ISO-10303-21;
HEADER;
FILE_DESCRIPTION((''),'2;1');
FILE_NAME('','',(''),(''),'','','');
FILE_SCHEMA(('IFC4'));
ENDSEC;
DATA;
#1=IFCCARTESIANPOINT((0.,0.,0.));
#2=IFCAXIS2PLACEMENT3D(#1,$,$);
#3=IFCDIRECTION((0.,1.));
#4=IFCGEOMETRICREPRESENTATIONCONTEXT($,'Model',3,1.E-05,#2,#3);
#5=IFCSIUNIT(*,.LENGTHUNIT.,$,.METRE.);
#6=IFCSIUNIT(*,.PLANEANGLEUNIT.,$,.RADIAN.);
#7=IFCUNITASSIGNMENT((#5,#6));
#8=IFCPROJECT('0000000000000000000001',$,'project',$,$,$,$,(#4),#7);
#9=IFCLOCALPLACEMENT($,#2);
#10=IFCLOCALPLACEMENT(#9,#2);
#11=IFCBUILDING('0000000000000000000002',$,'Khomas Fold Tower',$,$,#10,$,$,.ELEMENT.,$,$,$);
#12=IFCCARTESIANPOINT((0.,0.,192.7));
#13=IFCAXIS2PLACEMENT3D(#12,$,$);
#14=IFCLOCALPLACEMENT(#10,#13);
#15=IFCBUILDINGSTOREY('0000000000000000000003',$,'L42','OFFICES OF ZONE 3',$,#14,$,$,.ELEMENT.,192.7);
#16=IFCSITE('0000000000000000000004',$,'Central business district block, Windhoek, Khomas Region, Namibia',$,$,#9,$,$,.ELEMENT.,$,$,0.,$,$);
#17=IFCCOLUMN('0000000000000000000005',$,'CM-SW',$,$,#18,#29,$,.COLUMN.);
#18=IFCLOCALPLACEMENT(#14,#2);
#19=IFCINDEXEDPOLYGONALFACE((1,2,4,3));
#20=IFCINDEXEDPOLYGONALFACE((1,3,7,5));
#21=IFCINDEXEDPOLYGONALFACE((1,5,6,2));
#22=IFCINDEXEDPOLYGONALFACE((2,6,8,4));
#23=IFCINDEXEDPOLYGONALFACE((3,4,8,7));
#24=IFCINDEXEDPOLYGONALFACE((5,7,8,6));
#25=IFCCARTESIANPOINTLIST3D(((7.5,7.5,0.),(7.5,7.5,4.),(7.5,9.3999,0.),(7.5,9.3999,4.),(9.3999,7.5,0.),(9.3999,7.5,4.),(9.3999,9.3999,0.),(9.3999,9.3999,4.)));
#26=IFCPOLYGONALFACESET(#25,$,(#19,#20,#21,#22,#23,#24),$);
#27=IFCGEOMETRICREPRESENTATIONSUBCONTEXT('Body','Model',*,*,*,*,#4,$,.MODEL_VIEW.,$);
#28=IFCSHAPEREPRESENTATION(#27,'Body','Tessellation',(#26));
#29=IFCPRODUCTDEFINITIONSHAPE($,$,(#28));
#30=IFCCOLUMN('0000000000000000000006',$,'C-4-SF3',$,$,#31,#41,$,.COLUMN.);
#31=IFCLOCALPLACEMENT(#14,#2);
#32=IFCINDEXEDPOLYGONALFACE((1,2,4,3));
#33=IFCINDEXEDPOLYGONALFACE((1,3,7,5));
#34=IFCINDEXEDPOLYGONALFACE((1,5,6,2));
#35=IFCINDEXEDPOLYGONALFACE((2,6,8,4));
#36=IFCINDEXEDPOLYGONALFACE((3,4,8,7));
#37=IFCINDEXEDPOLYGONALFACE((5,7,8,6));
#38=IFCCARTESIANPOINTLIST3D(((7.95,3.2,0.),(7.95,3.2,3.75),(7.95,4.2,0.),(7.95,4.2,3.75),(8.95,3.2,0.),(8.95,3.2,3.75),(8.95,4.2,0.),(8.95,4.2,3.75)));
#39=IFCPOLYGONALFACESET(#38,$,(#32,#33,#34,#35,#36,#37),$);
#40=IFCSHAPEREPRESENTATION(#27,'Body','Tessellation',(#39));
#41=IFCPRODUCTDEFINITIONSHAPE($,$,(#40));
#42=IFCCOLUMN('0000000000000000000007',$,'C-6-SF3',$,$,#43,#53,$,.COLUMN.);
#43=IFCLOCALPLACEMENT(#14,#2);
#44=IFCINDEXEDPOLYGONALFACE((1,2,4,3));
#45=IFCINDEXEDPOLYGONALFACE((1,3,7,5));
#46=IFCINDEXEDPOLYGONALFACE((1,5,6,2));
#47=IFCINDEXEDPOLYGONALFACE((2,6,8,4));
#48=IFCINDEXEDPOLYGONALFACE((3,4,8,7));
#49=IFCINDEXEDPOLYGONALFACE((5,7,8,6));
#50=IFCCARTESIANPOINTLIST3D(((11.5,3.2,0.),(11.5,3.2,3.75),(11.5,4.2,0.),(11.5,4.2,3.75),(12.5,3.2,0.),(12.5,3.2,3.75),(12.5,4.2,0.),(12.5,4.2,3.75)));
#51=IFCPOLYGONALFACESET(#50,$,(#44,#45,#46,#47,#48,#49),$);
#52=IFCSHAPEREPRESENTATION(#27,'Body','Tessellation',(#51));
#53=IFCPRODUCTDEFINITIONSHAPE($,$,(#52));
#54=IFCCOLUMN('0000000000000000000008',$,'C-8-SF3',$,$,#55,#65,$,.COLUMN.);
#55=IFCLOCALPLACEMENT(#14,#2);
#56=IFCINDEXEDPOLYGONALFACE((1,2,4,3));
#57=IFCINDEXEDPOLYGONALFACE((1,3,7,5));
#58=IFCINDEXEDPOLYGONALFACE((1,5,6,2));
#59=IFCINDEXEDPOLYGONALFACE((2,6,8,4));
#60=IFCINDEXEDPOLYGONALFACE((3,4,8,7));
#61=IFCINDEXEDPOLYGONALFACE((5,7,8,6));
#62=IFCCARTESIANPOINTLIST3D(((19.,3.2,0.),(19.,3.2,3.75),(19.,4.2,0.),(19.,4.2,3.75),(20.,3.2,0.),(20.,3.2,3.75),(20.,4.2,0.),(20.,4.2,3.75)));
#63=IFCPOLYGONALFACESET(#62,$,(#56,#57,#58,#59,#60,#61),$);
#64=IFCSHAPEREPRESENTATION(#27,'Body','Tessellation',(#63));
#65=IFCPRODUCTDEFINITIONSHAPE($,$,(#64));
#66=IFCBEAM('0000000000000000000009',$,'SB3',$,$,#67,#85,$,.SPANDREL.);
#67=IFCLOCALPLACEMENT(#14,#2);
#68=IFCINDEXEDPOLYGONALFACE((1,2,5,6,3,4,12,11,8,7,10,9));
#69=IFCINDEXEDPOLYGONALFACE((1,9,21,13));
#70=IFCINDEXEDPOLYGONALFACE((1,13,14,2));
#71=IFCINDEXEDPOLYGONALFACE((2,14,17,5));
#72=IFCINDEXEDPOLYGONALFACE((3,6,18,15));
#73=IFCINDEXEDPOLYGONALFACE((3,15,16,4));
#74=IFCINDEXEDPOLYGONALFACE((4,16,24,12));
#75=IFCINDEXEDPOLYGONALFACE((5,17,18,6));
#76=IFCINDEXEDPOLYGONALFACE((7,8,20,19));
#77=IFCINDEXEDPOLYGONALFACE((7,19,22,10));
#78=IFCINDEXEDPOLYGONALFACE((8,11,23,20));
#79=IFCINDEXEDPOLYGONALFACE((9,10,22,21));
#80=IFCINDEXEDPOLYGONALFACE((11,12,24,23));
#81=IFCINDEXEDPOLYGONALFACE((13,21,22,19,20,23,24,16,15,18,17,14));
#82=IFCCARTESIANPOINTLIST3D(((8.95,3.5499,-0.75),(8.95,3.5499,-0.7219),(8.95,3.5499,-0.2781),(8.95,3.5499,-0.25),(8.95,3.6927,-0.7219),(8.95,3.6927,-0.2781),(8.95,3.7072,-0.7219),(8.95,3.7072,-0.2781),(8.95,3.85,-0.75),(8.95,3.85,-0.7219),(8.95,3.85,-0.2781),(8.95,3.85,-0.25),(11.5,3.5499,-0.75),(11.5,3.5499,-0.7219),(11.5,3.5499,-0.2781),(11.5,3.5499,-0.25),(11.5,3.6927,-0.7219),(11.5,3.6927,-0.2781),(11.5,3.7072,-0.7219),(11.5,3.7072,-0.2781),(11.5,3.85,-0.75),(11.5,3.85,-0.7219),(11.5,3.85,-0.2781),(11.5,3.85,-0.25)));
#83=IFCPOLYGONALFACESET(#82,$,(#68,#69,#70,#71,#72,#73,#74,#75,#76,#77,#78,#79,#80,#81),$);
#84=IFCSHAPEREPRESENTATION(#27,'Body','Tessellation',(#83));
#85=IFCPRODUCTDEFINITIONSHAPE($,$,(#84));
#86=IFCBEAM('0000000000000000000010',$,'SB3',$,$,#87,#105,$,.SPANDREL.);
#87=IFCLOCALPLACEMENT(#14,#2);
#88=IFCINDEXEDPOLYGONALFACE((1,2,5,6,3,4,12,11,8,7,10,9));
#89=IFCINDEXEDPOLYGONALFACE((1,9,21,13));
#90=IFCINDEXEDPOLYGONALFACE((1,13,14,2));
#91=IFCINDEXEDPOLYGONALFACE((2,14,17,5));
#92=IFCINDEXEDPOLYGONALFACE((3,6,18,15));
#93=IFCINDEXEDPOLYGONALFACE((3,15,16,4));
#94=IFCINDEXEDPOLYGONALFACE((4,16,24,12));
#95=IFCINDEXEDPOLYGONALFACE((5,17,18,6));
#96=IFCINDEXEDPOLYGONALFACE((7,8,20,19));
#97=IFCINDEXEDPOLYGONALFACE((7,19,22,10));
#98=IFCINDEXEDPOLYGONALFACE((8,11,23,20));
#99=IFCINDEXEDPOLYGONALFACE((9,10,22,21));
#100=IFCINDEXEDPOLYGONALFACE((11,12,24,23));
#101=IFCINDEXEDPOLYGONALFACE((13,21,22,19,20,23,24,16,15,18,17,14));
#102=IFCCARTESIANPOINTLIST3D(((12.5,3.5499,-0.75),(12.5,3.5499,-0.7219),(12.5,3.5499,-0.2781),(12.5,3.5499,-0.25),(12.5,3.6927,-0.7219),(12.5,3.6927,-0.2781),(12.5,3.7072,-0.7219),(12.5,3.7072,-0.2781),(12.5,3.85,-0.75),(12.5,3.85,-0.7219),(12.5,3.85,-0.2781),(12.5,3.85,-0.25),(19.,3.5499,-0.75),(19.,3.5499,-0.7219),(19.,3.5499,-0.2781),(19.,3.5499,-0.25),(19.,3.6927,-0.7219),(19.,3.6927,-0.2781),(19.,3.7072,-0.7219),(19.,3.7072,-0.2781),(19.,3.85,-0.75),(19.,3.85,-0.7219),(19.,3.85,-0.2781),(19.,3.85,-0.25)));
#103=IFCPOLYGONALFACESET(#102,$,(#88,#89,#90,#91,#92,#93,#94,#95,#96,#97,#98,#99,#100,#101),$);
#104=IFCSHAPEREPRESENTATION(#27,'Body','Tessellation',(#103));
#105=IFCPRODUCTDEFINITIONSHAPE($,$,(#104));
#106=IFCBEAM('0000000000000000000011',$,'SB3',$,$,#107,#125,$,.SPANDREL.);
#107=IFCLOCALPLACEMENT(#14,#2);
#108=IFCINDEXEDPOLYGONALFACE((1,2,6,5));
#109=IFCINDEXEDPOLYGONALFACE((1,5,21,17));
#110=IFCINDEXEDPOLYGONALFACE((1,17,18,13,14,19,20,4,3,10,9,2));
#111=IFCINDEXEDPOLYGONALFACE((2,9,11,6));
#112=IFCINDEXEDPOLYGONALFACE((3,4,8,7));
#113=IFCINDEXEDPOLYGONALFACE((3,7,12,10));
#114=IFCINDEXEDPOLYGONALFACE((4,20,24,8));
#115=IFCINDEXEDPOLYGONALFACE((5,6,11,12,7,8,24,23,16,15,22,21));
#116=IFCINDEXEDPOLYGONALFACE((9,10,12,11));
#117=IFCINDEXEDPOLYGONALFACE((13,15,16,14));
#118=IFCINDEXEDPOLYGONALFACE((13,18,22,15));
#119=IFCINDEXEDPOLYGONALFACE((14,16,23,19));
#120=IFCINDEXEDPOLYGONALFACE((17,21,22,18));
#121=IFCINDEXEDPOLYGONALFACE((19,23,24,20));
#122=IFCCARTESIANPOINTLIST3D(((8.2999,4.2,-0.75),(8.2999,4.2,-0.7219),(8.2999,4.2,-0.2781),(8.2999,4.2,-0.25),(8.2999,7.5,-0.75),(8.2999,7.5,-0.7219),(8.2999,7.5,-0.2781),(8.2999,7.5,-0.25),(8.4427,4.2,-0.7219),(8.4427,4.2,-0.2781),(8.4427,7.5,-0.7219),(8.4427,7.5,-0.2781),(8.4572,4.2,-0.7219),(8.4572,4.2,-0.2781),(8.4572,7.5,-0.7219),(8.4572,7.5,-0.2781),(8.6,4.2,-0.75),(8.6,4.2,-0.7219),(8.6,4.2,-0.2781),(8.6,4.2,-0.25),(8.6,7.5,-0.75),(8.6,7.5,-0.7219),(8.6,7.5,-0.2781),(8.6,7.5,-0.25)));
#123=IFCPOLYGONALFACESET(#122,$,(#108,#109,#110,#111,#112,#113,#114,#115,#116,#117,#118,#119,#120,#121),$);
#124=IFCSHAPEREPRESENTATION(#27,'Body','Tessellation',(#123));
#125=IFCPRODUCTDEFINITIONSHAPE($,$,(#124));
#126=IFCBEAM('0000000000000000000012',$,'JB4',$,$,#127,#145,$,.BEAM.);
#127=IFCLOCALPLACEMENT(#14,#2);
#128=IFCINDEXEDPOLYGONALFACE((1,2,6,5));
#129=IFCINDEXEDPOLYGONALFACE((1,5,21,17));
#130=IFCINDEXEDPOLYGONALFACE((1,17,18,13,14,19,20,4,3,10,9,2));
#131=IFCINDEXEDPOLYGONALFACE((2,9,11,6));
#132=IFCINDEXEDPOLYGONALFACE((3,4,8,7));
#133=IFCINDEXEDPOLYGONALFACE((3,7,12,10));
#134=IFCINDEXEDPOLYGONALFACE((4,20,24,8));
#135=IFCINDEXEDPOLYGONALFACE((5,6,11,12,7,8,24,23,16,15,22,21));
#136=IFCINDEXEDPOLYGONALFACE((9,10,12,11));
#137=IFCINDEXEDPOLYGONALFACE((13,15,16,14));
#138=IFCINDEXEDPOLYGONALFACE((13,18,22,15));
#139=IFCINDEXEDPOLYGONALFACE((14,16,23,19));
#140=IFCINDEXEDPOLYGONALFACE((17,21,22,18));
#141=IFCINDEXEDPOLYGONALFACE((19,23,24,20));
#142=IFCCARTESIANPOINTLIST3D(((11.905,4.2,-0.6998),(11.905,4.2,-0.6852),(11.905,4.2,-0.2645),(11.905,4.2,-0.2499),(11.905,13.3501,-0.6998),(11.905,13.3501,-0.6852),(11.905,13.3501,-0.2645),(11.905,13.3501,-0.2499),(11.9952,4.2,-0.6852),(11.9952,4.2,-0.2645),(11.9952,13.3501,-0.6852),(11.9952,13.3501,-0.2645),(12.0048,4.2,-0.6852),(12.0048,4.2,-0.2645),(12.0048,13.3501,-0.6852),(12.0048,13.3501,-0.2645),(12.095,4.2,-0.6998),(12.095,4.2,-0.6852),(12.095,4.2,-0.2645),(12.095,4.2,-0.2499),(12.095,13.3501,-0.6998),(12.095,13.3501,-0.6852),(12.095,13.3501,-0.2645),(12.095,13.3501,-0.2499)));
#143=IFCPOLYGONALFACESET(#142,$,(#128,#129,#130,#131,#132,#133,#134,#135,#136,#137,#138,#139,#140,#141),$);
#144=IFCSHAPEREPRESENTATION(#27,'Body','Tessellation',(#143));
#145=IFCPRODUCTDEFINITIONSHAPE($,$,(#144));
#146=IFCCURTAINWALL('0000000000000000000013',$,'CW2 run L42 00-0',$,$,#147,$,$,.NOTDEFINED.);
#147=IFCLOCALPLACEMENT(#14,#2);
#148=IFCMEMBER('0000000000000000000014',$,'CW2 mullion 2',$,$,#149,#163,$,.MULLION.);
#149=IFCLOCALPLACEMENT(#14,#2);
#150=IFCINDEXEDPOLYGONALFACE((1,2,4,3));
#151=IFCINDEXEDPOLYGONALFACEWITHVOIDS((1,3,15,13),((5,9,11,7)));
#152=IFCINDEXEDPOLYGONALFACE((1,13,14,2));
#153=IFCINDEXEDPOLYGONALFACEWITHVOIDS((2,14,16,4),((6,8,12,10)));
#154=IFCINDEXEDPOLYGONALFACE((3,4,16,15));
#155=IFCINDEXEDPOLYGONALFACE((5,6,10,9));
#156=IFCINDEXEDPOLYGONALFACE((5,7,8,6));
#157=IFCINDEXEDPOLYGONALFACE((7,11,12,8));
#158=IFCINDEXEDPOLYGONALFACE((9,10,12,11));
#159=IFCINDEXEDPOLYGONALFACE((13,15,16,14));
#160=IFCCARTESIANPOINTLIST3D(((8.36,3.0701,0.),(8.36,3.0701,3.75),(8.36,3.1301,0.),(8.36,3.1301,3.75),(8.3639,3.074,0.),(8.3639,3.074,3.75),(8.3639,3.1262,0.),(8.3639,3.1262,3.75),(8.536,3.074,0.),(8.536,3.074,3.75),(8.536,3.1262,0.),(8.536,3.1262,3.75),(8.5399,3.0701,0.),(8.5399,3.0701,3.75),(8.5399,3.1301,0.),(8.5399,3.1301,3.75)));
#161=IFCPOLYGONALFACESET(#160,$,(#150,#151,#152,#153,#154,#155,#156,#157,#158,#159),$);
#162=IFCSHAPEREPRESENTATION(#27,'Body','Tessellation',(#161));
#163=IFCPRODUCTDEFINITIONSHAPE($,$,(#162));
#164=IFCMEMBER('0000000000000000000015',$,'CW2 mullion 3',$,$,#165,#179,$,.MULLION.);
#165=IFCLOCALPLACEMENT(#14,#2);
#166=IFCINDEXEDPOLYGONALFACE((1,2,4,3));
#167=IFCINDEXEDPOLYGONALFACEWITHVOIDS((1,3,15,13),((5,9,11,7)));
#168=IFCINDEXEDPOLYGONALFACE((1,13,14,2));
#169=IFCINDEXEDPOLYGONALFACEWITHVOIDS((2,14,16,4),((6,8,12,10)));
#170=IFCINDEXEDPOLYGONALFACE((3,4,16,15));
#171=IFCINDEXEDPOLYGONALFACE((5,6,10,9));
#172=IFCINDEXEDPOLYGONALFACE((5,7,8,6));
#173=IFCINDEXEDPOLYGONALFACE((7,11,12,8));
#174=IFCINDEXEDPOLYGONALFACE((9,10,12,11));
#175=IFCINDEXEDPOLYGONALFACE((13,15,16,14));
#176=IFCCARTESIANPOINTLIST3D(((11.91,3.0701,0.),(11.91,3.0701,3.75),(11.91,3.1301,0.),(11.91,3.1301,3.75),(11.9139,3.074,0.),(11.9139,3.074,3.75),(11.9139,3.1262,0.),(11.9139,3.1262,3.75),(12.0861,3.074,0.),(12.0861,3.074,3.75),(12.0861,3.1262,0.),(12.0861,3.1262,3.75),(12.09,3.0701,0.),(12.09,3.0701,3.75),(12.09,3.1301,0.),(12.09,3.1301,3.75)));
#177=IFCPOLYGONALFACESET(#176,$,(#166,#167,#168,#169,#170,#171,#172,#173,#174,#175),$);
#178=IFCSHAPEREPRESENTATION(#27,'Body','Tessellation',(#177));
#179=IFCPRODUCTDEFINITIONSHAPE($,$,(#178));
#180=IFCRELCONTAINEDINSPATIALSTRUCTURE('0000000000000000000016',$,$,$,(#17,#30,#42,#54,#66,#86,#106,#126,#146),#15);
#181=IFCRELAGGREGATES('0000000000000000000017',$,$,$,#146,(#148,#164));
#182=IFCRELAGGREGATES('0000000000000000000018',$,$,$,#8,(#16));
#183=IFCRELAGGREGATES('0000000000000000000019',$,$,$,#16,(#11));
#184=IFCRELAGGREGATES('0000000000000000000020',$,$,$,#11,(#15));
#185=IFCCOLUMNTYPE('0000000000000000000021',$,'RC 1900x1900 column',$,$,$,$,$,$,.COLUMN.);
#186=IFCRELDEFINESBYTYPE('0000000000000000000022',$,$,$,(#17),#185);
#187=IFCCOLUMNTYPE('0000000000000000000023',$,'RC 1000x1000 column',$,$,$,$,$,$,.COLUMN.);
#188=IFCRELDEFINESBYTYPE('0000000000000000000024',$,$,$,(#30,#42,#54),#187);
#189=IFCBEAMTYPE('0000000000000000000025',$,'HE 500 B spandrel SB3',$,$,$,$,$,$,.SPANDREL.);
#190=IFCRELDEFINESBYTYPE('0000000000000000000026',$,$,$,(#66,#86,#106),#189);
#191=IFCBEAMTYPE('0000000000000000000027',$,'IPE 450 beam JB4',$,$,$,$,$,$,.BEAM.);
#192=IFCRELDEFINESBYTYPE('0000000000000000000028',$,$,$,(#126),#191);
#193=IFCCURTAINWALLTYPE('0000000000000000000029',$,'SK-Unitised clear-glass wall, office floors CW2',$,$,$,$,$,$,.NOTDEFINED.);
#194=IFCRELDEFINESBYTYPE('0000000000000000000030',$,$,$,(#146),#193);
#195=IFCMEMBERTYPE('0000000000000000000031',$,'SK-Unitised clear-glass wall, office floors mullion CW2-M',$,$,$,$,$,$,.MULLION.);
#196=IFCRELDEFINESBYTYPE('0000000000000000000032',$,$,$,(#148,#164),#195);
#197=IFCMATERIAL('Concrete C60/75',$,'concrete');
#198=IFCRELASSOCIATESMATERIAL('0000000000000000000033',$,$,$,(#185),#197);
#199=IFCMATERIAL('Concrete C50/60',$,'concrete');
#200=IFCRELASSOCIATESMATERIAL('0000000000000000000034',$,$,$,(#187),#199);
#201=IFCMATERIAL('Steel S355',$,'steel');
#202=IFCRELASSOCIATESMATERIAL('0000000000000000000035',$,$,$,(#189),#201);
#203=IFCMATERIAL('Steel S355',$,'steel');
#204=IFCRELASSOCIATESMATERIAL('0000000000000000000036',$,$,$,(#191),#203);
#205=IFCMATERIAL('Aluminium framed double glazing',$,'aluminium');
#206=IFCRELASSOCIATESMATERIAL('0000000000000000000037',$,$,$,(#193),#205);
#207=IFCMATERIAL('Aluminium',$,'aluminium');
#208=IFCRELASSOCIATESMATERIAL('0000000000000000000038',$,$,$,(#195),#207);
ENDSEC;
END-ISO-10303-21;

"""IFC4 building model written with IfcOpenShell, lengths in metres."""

from ifc_helpers import new_model, si_unit, direction, frame, origin, origin_2d, place, context, subcontext, project, spatial, rectangle, hollow_rectangle, i_section, extrude, source, transform, mapped, material, material_profile, profile_set, type_object, element, aggregate, save


model = new_model("IFC4")

# Units and contexts
model_context = context("Model", 3, precision=1e-05, world=origin(), true_north=direction((0.0, 1.0)))
body_context = subcontext(model_context, "Body", "Model", "MODEL_VIEW")
ifc_project = project(units=[si_unit("LENGTHUNIT", "METRE"), si_unit("PLANEANGLEUNIT", "RADIAN")], contexts=[model_context])

# Site, building, storey
site_placement = place(None, origin())
site = spatial("IfcSite", under=ifc_project, at=site_placement, Name="Central business district block, Windhoek, Khomas Region, Namibia", CompositionType="ELEMENT", RefElevation=0.0)
building_placement = place(site_placement, origin())
building = spatial("IfcBuilding", under=site, at=building_placement, Name="Khomas Fold Tower", CompositionType="ELEMENT")
storey_placement = place(building_placement, frame((0.0, 0.0, 192.7)))
storey = spatial("IfcBuildingStorey", under=building, at=storey_placement, Name="L42", Description="OFFICES OF ZONE 3", CompositionType="ELEMENT", Elevation=192.7)

# Columns
ifc_material_1 = material(Name="Concrete C60/75", Category="concrete")
ifc_material_profile_1 = material_profile(ifc_material_1, rectangle(XDim=1.8999, YDim=1.8999, at=origin_2d()), Name="RC 1900x1900")
ifc_profile_set_1 = profile_set([ifc_material_profile_1], Name="Concrete C60/75")
column_type_1 = type_object("IfcColumnType", Name="RC 1900x1900 column", PredefinedType="COLUMN", material=ifc_profile_set_1)
shared_shape_1 = source(origin(), body_context, "Body", "SweptSolid", [
    extrude(rectangle(XDim=1.8999, YDim=1.8999, at=origin_2d()), origin(), (0.0, 0.0, 1.0), 4.0),
])
column_placement = place(storey_placement, frame((8.45, 8.45, 0.0), z_axis=(0.0, 0.0, 1.0), x_axis=(1.0, 0.0, 0.0)))
element("IfcColumn", 1, at=column_placement, inside=storey, type_object=column_type_1, Name="CM-SW", PredefinedType="COLUMN", context=body_context, shape_type="MappedRepresentation", body=[
    mapped(shared_shape_1, transform((0.0, 0.0, 0.0))),
])
ifc_material_2 = material(Name="Concrete C50/60", Category="concrete")
ifc_material_profile_2 = material_profile(ifc_material_2, rectangle(XDim=1.0, YDim=1.0, at=origin_2d()), Name="RC 1000x1000")
ifc_profile_set_2 = profile_set([ifc_material_profile_2], Name="Concrete C50/60")
column_type_2 = type_object("IfcColumnType", Name="RC 1000x1000 column", PredefinedType="COLUMN", material=ifc_profile_set_2)
shared_shape_2 = source(origin(), body_context, "Body", "SweptSolid", [
    extrude(rectangle(XDim=1.0, YDim=1.0, at=origin_2d()), origin(), (0.0, 0.0, 1.0), 3.75),
])
for number, where, z_axis, x_axis, name in (
    (2, (8.45, 3.7, 0.0), (0.0, 0.0, 1.0), (1.0, 0.0, 0.0), "C-4-SF3"),
    (3, (12.0, 3.7, 0.0), (0.0, 0.0, 1.0), (1.0, 0.0, 0.0), "C-6-SF3"),
    (4, (19.5, 3.7, 0.0), (0.0, 0.0, 1.0), (1.0, 0.0, 0.0), "C-8-SF3"),
):
    element("IfcColumn", number, at=place(storey_placement, frame(where, z_axis=z_axis, x_axis=x_axis)), inside=storey, type_object=column_type_2, Name=name, PredefinedType="COLUMN", context=body_context, shape_type="MappedRepresentation", body=[
        mapped(shared_shape_2, transform((0.0, 0.0, 0.0))),
    ])

# Beams
ifc_material_3 = material(Name="Steel S355", Category="steel")
ifc_material_profile_3 = material_profile(ifc_material_3, i_section(OverallWidth=0.3, OverallDepth=0.5, WebThickness=0.0144, FlangeThickness=0.0281, at=origin_2d()), Name="HE 500 B")
ifc_profile_set_3 = profile_set([ifc_material_profile_3], Name="Steel S355")
beam_type_1 = type_object("IfcBeamType", Name="HE 500 B spandrel SB3", PredefinedType="SPANDREL", material=ifc_profile_set_3)
shared_shape_3 = source(origin(), body_context, "Body", "SweptSolid", [
    extrude(i_section(OverallWidth=0.3, OverallDepth=0.5, WebThickness=0.0144, FlangeThickness=0.0281, at=origin_2d()), origin(), (0.0, 0.0, 1.0), 2.55),
])
beam_1_placement = place(storey_placement, frame((8.95, 3.7, -0.5), z_axis=(1.0, 0.0, 0.0), x_axis=(0.0, 1.0, 0.0)))
element("IfcBeam", 5, at=beam_1_placement, inside=storey, type_object=beam_type_1, Name="SB3", PredefinedType="SPANDREL", context=body_context, shape_type="MappedRepresentation", body=[
    mapped(shared_shape_3, transform((0.0, 0.0, 0.0))),
])
shared_shape_4 = source(origin(), body_context, "Body", "SweptSolid", [
    extrude(i_section(OverallWidth=0.3, OverallDepth=0.5, WebThickness=0.0144, FlangeThickness=0.0281, at=origin_2d()), origin(), (0.0, 0.0, 1.0), 6.5),
])
beam_2_placement = place(storey_placement, frame((12.5, 3.7, -0.5), z_axis=(1.0, 0.0, 0.0), x_axis=(0.0, 1.0, 0.0)))
element("IfcBeam", 6, at=beam_2_placement, inside=storey, type_object=beam_type_1, Name="SB3", PredefinedType="SPANDREL", context=body_context, shape_type="MappedRepresentation", body=[
    mapped(shared_shape_4, transform((0.0, 0.0, 0.0))),
])
shared_shape_5 = source(origin(), body_context, "Body", "SweptSolid", [
    extrude(i_section(OverallWidth=0.3, OverallDepth=0.5, WebThickness=0.0144, FlangeThickness=0.0281, at=origin_2d()), origin(), (0.0, 0.0, 1.0), 3.3),
])
beam_3_placement = place(storey_placement, frame((8.45, 4.2, -0.5), z_axis=(0.0, 1.0, 0.0), x_axis=(-1.0, 0.0, 0.0)))
element("IfcBeam", 7, at=beam_3_placement, inside=storey, type_object=beam_type_1, Name="SB3", PredefinedType="SPANDREL", context=body_context, shape_type="MappedRepresentation", body=[
    mapped(shared_shape_5, transform((0.0, 0.0, 0.0))),
])
ifc_material_4 = material(Name="Steel S355", Category="steel")
ifc_material_profile_4 = material_profile(ifc_material_4, i_section(OverallWidth=0.1899, OverallDepth=0.45, WebThickness=0.0095, FlangeThickness=0.0146, at=origin_2d()), Name="IPE 450")
ifc_profile_set_4 = profile_set([ifc_material_profile_4], Name="Steel S355")
beam_type_2 = type_object("IfcBeamType", Name="IPE 450 beam JB4", PredefinedType="BEAM", material=ifc_profile_set_4)
shared_shape_6 = source(origin(), body_context, "Body", "SweptSolid", [
    extrude(i_section(OverallWidth=0.1899, OverallDepth=0.45, WebThickness=0.0095, FlangeThickness=0.0146, at=origin_2d()), origin(), (0.0, 0.0, 1.0), 9.1501),
])
beam_4_placement = place(storey_placement, frame((12.0, 4.2, -0.4749), z_axis=(0.0, 1.0, 0.0), x_axis=(-1.0, 0.0, 0.0)))
element("IfcBeam", 8, at=beam_4_placement, inside=storey, type_object=beam_type_2, Name="JB4", PredefinedType="BEAM", context=body_context, shape_type="MappedRepresentation", body=[
    mapped(shared_shape_6, transform((0.0, 0.0, 0.0))),
])

# Curtain wall, members
ifc_material_5 = material(Name="Aluminium framed double glazing", Category="aluminium")
curtain_wall_type = type_object("IfcCurtainWallType", Name="SK-Unitised clear-glass wall, office floors CW2", PredefinedType="NOTDEFINED", material=ifc_material_5)
curtain_wall_1_placement = place(storey_placement, origin())
curtain_wall_1 = element("IfcCurtainWall", 9, at=curtain_wall_1_placement, inside=storey, type_object=curtain_wall_type, Name="CW2 run L42 00-0", PredefinedType="NOTDEFINED")
ifc_material_6 = material(Name="Aluminium", Category="aluminium")
ifc_material_profile_5 = material_profile(ifc_material_6, hollow_rectangle(XDim=0.0601, YDim=0.1799, WallThickness=0.0039, at=origin_2d()), Name="SK-Unitised clear-glass wall, office floors mullion CW2-M")
ifc_profile_set_5 = profile_set([ifc_material_profile_5], Name="Aluminium")
member_type_1 = type_object("IfcMemberType", Name="SK-Unitised clear-glass wall, office floors mullion CW2-M", PredefinedType="MULLION", material=ifc_profile_set_5)
shared_shape_7 = source(origin(), body_context, "Body", "SweptSolid", [
    extrude(hollow_rectangle(XDim=0.0601, YDim=0.1799, WallThickness=0.0039, at=origin_2d()), origin(), (0.0, 0.0, 1.0), 3.75),
])
member_1_placement = place(storey_placement, frame((8.45, 3.1001, 0.0), z_axis=(0.0, 0.0, 1.0), x_axis=(0.0, 1.0, 0.0)))
member_1 = element("IfcMember", 10, at=member_1_placement, type_object=member_type_1, Name="CW2 mullion 2", PredefinedType="MULLION", context=body_context, shape_type="MappedRepresentation", body=[
    mapped(shared_shape_7, transform((0.0, 0.0, 0.0))),
])
member_2_placement = place(storey_placement, frame((12.0, 3.1001, 0.0), z_axis=(0.0, 0.0, 1.0), x_axis=(0.0, 1.0, 0.0)))
member_2 = element("IfcMember", 11, at=member_2_placement, type_object=member_type_1, Name="CW2 mullion 3", PredefinedType="MULLION", context=body_context, shape_type="MappedRepresentation", body=[
    mapped(shared_shape_7, transform((0.0, 0.0, 0.0))),
])

aggregate(curtain_wall_1, [member_1, member_2])

save(model, "model.ifc")
